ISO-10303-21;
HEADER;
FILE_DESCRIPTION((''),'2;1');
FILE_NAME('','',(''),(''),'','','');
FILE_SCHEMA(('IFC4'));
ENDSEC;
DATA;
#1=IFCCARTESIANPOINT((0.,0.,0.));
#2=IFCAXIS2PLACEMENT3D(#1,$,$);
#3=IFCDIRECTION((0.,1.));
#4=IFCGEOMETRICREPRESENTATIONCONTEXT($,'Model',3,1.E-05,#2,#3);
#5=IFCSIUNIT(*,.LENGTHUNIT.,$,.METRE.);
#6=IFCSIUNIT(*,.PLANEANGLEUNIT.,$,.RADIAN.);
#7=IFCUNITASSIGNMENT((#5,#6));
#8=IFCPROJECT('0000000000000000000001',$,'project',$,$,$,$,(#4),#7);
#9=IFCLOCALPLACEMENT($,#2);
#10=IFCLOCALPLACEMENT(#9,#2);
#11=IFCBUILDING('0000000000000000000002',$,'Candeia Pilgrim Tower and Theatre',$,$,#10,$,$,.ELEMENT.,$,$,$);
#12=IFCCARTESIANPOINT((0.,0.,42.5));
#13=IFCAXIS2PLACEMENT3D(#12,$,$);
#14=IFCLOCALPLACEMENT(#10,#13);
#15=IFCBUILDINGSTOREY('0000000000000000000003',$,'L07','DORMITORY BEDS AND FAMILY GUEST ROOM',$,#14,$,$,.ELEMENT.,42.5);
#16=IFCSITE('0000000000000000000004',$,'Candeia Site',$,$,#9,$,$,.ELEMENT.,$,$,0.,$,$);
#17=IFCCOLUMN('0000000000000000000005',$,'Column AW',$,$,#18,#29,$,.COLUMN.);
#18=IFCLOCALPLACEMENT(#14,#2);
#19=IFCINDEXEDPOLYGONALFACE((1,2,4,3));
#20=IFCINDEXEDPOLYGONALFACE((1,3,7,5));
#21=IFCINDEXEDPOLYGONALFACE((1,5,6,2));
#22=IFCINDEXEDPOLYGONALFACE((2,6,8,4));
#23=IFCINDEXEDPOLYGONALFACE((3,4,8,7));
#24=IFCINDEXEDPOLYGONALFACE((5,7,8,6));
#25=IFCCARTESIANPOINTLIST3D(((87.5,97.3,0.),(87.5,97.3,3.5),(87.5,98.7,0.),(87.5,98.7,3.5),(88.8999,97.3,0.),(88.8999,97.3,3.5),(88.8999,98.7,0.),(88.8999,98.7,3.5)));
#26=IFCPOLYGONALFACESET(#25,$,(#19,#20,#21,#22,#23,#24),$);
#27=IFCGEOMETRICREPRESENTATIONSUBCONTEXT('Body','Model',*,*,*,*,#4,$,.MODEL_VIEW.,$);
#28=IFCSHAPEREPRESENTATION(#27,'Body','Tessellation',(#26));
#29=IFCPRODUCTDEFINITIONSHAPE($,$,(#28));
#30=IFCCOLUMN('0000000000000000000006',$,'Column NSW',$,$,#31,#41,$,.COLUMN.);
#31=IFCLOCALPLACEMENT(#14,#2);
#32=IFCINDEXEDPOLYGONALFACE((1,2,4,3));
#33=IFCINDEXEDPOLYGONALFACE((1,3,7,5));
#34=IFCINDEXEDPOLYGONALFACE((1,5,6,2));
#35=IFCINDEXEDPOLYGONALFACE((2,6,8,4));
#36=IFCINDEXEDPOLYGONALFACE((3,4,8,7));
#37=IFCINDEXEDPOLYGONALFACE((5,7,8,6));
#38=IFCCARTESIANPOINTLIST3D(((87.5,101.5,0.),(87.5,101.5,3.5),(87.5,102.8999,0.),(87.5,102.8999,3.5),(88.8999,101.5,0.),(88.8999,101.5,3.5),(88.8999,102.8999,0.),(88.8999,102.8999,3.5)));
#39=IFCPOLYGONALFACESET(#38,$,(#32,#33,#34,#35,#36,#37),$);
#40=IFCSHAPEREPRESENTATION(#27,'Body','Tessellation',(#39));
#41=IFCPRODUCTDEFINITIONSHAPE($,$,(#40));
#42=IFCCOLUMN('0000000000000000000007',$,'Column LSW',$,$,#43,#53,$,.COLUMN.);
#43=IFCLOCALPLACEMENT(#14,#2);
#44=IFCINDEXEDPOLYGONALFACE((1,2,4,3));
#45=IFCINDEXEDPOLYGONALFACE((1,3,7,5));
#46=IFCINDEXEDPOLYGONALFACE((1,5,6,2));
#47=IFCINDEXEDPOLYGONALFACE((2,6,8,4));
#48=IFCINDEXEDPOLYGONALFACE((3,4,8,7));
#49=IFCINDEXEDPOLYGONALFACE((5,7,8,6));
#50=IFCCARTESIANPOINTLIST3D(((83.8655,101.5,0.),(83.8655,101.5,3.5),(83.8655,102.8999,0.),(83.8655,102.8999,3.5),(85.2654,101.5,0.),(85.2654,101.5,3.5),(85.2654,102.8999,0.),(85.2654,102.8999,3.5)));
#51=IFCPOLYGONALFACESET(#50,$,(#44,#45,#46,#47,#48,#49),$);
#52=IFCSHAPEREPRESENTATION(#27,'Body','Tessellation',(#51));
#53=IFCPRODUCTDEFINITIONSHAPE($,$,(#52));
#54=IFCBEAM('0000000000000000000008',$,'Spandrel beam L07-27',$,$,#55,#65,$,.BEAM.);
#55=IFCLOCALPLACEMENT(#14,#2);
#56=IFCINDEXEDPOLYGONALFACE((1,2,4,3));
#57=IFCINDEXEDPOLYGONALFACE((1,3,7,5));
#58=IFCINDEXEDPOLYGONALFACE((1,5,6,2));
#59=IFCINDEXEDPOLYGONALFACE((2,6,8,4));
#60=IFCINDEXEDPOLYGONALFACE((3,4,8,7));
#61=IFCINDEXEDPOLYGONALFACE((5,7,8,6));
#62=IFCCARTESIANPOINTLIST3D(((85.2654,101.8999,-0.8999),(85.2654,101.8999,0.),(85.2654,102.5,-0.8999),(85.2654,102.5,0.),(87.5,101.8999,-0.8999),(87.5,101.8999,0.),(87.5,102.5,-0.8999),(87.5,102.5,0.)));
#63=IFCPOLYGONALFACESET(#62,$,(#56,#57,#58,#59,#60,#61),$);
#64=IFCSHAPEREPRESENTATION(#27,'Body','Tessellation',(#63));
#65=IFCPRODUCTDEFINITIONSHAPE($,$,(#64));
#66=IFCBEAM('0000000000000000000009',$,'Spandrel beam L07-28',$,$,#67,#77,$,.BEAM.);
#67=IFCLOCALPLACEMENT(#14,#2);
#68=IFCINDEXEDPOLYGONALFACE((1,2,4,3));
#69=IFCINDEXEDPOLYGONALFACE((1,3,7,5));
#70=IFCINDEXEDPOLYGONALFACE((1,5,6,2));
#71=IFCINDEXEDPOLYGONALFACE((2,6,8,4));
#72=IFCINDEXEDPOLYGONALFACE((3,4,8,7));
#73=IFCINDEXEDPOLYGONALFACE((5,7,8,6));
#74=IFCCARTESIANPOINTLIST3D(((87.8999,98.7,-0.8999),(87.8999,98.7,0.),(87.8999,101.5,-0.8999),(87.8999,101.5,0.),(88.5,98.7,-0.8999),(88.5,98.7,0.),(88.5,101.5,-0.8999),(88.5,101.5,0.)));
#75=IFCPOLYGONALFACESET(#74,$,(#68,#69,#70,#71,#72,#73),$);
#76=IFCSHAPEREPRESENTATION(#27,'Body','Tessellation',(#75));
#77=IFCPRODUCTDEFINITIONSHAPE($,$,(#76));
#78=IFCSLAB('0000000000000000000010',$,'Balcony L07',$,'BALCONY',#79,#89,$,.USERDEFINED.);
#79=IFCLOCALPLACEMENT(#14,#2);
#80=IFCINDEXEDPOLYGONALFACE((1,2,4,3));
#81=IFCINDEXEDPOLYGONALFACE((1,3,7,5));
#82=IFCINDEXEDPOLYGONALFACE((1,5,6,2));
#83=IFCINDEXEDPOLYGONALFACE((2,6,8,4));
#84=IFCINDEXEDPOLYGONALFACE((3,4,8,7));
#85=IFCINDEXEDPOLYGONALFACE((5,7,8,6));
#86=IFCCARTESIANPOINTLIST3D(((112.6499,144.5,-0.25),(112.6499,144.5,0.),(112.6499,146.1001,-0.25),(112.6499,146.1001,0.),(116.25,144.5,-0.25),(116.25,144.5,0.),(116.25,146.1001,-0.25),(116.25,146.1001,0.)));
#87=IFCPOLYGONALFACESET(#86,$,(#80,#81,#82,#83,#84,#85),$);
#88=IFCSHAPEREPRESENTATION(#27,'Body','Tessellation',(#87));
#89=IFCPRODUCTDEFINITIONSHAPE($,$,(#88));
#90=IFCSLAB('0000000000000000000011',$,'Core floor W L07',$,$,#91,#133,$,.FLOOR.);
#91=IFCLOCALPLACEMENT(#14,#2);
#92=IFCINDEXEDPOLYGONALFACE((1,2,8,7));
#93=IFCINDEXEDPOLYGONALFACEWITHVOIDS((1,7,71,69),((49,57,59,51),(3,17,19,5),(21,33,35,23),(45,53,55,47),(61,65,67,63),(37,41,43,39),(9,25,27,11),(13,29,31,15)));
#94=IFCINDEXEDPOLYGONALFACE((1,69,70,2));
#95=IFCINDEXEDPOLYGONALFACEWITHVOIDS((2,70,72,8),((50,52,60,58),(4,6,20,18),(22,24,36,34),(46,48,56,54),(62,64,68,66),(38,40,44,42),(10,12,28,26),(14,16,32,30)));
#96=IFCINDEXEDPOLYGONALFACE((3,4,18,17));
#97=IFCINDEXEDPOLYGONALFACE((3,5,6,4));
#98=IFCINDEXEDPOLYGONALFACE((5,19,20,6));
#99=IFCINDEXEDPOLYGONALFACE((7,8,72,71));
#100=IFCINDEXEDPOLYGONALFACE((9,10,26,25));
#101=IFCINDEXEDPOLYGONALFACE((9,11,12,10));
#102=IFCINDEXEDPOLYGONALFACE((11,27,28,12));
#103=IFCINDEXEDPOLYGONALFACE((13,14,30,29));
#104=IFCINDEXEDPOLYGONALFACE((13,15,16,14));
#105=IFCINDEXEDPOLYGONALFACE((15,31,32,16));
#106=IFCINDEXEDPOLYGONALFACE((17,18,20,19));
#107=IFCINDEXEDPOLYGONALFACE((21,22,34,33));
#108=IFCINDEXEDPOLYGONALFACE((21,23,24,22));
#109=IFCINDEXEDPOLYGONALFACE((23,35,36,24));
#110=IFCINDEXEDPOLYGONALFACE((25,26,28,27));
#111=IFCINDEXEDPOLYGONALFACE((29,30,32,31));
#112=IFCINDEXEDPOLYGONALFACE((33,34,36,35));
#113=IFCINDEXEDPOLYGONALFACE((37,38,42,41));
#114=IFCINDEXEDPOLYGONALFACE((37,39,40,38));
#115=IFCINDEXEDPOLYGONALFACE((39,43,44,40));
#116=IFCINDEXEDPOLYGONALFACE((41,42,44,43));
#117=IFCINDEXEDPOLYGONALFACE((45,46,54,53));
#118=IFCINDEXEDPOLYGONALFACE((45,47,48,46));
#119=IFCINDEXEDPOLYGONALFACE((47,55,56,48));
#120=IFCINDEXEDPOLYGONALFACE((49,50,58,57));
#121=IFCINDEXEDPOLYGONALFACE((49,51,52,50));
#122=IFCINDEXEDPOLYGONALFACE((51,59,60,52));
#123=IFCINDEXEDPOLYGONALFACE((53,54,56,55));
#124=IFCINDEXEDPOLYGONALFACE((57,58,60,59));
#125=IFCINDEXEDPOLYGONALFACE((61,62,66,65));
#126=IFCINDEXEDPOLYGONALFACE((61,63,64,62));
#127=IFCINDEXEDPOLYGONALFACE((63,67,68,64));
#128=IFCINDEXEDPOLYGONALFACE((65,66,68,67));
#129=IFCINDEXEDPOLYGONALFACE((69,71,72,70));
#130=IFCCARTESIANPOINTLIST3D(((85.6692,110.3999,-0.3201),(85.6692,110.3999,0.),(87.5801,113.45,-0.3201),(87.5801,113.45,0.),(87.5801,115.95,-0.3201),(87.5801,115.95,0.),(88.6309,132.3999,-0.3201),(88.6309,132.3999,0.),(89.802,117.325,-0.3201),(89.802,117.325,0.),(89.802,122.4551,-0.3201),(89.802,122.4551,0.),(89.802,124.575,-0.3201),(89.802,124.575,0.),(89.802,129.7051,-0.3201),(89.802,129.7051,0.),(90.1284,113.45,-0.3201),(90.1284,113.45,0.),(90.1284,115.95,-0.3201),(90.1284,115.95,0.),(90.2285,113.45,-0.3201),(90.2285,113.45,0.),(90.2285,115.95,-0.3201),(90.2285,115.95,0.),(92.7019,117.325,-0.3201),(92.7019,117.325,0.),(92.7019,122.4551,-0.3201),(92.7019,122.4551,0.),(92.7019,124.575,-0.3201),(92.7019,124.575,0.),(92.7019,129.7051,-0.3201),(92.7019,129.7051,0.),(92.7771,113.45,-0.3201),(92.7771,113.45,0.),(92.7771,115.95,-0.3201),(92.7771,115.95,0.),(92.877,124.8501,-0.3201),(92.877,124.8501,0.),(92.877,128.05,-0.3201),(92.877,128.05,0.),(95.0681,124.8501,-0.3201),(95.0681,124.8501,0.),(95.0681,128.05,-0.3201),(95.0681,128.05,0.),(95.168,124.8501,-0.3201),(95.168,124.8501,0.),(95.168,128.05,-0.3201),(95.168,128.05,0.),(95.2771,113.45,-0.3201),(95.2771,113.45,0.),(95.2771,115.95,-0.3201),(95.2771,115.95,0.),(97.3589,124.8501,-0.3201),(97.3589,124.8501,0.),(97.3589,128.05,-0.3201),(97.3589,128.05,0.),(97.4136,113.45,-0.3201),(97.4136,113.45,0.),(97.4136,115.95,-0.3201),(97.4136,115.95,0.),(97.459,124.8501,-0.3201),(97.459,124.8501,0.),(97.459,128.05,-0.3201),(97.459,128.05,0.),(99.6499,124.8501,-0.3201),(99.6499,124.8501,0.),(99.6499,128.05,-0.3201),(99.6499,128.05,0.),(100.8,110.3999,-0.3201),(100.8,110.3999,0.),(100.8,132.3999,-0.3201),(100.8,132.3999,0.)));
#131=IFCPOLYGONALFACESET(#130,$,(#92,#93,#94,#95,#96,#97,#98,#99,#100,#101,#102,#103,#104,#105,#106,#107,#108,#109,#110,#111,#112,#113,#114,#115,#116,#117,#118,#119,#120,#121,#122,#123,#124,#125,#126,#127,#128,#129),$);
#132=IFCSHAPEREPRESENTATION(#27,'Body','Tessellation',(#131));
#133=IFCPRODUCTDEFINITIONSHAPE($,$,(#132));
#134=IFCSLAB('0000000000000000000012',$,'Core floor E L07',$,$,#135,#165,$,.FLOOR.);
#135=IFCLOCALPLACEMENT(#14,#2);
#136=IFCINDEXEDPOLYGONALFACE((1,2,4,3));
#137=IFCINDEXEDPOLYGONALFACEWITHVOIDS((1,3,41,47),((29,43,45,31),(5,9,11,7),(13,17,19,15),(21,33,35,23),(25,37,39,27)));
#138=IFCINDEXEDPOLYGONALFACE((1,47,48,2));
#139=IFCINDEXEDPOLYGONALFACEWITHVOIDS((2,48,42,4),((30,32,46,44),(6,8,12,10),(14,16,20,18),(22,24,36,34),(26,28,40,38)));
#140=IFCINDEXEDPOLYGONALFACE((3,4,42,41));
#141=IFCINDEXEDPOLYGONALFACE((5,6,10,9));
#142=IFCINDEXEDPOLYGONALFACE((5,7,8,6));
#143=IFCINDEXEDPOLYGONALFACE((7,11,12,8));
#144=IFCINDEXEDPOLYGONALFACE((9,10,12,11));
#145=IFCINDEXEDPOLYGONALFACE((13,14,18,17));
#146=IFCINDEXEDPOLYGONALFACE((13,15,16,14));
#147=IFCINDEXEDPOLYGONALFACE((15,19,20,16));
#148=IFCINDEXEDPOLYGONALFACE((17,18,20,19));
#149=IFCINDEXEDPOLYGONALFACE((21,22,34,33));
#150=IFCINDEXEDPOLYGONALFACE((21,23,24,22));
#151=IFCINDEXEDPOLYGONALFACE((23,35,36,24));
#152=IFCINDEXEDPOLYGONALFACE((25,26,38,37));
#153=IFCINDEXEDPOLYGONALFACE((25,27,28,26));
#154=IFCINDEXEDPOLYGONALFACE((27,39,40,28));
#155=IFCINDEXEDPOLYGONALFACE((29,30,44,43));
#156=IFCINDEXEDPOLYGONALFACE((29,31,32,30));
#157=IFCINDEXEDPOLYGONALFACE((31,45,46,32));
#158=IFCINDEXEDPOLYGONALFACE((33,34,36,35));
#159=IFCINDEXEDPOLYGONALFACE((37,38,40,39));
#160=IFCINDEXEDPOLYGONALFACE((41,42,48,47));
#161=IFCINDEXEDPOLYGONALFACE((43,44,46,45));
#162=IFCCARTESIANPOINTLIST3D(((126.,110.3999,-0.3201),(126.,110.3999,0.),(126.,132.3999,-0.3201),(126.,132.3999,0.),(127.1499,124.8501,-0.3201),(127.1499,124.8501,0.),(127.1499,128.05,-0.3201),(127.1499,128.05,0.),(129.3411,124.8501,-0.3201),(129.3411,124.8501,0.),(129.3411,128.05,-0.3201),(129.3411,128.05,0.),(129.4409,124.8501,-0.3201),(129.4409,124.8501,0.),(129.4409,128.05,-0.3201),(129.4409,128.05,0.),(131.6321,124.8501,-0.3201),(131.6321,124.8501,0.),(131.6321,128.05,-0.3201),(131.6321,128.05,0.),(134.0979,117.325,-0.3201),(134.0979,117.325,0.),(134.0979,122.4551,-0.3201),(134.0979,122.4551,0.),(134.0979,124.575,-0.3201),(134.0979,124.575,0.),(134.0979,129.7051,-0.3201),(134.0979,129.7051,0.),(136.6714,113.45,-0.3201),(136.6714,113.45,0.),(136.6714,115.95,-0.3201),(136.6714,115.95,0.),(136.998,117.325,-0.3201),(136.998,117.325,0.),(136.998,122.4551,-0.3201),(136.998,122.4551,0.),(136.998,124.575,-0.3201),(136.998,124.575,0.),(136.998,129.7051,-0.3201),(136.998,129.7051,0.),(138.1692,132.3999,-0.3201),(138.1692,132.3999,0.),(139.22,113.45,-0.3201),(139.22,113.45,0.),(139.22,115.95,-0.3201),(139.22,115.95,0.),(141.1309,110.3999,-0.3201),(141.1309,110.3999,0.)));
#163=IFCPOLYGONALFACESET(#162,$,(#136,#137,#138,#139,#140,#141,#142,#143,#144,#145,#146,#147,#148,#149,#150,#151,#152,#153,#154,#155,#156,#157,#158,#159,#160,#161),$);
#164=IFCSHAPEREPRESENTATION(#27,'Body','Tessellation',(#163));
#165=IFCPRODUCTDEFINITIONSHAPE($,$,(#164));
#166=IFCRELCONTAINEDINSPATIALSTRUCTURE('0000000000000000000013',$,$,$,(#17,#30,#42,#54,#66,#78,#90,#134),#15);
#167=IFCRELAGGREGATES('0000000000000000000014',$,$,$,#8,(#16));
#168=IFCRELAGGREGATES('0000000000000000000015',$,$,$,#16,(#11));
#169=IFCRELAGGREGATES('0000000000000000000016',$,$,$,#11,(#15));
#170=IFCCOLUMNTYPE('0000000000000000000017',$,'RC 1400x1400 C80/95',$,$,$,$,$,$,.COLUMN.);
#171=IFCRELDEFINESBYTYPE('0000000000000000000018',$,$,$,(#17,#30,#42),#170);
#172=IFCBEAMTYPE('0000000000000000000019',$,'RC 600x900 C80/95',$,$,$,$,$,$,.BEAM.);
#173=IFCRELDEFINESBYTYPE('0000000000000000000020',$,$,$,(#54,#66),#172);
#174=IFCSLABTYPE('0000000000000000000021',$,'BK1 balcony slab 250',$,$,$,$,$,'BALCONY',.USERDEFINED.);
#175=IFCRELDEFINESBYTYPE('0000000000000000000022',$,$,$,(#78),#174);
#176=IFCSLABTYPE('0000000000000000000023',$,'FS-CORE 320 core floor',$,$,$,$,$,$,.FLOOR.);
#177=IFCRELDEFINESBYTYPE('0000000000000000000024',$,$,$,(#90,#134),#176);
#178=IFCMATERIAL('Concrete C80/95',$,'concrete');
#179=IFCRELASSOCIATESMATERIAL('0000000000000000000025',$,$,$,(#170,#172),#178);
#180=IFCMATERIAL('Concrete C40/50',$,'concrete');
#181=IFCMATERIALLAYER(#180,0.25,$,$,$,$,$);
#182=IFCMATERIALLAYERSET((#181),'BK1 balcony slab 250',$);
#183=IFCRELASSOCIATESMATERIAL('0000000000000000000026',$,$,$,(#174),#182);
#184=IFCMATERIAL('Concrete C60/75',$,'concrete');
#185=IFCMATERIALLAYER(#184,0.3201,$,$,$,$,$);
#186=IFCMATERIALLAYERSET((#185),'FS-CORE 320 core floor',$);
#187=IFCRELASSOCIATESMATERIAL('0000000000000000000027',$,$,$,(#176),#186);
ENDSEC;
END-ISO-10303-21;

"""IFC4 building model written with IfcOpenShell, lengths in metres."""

from ifc_helpers import new_model, si_unit, direction, frame, origin, origin_2d, place, context, subcontext, project, spatial, polyline, rectangle, outline, extrude, material, layer, layer_set, material_profile, profile_set, type_object, element, save


model = new_model("IFC4")

# Units and contexts
model_context = context("Model", 3, precision=1e-05, world=origin(), true_north=direction((0.0, 1.0)))
body_context = subcontext(model_context, "Body", "Model", "MODEL_VIEW")
ifc_project = project(units=[si_unit("LENGTHUNIT", "METRE"), si_unit("PLANEANGLEUNIT", "RADIAN")], contexts=[model_context])

# Site, building, storey
site_placement = place(None, origin())
site = spatial("IfcSite", under=ifc_project, at=site_placement, Name="Candeia Site", CompositionType="ELEMENT", RefElevation=0.0)
building_placement = place(site_placement, origin())
building = spatial("IfcBuilding", under=site, at=building_placement, Name="Candeia Pilgrim Tower and Theatre", CompositionType="ELEMENT")
storey_placement = place(building_placement, frame((0.0, 0.0, 42.5)))
storey = spatial("IfcBuildingStorey", under=building, at=storey_placement, Name="L07", Description="DORMITORY BEDS AND FAMILY GUEST ROOM", CompositionType="ELEMENT", Elevation=42.5)

# Columns
ifc_material_1 = material(Name="Concrete C80/95", Category="concrete")
ifc_material_profile_1 = material_profile(ifc_material_1, rectangle(XDim=1.3999, YDim=1.3999, at=origin_2d()))
ifc_profile_set_1 = profile_set([ifc_material_profile_1], Name="Concrete C80/95")
column_type = type_object("IfcColumnType", Name="RC 1400x1400 C80/95", PredefinedType="COLUMN", material=ifc_profile_set_1)
for number, where, z_axis, x_axis, name in (
    (1, (88.2, 98.0, 0.0), (0.0, 0.0, 1.0), (1.0, 0.0, 0.0), "Column AW"),
    (2, (88.2, 102.2, 0.0), (0.0, 0.0, 1.0), (1.0, 0.0, 0.0), "Column NSW"),
    (3, (84.5654, 102.2, 0.0), (0.0, 0.0, 1.0), (1.0, 0.0, 0.0), "Column LSW"),
):
    element("IfcColumn", number, at=place(storey_placement, frame(where, z_axis=z_axis, x_axis=x_axis)), inside=storey, type_object=column_type, Name=name, PredefinedType="COLUMN", context=body_context, shape_type="SweptSolid", body=[
        extrude(rectangle(XDim=1.3999, YDim=1.3999, at=origin_2d()), origin(), (0.0, 0.0, 1.0), 3.5),
    ])

# Beams
ifc_material_profile_2 = material_profile(ifc_material_1, rectangle(XDim=0.6001, YDim=0.8999, at=origin_2d()))
ifc_profile_set_2 = profile_set([ifc_material_profile_2], Name="Concrete C80/95")
beam_type = type_object("IfcBeamType", Name="RC 600x900 C80/95", PredefinedType="BEAM", material=ifc_profile_set_2)
beam_1_placement = place(storey_placement, frame((85.2654, 102.2, -0.45), z_axis=(1.0, 0.0, 0.0), x_axis=(0.0, 1.0, 0.0)))
element("IfcBeam", 4, at=beam_1_placement, inside=storey, type_object=beam_type, Name="Spandrel beam L07-27", PredefinedType="BEAM", context=body_context, shape_type="SweptSolid", body=[
    extrude(rectangle(XDim=0.6001, YDim=0.8999, at=origin_2d()), origin(), (0.0, 0.0, 1.0), 2.2346),
])
beam_2_placement = place(storey_placement, frame((88.2, 101.5, -0.45), z_axis=(0.0, -1.0, 0.0), x_axis=(1.0, 0.0, 0.0)))
element("IfcBeam", 5, at=beam_2_placement, inside=storey, type_object=beam_type, Name="Spandrel beam L07-28", PredefinedType="BEAM", context=body_context, shape_type="SweptSolid", body=[
    extrude(rectangle(XDim=0.6001, YDim=0.8999, at=origin_2d()), origin(), (0.0, 0.0, 1.0), 2.8),
])

# Slabs
ifc_material_2 = material(Name="Concrete C40/50", Category="concrete")
ifc_layer_1 = layer(ifc_material_2, 0.25)
ifc_layer_set_1 = layer_set([ifc_layer_1], Name="BK1 balcony slab 250")
slab_type_1 = type_object("IfcSlabType", Name="BK1 balcony slab 250", ElementType="BALCONY", PredefinedType="USERDEFINED", material=ifc_layer_set_1)
slab_1_placement = place(storey_placement, frame((0.0, 0.0, -0.25)))
element("IfcSlab", 6, at=slab_1_placement, inside=storey, type_object=slab_type_1, Name="Balcony L07", ObjectType="BALCONY", PredefinedType="USERDEFINED", context=body_context, shape_type="SweptSolid", body=[
    extrude(outline(polyline([(112.6499, 144.5), (116.25, 144.5), (116.25, 146.1001), (112.6499, 146.1001), (112.6499, 144.5)])), origin(), (0.0, 0.0, 1.0), 0.25),
])
ifc_material_3 = material(Name="Concrete C60/75", Category="concrete")
ifc_layer_2 = layer(ifc_material_3, 0.3201)
ifc_layer_set_2 = layer_set([ifc_layer_2], Name="FS-CORE 320 core floor")
slab_type_2 = type_object("IfcSlabType", Name="FS-CORE 320 core floor", PredefinedType="FLOOR", material=ifc_layer_set_2)
slab_2_placement = place(storey_placement, frame((0.0, 0.0, -0.3201)))
element("IfcSlab", 7, at=slab_2_placement, inside=storey, type_object=slab_type_2, Name="Core floor W L07", PredefinedType="FLOOR", context=body_context, shape_type="SweptSolid", body=[
    extrude(outline(polyline([(100.8, 132.3999), (100.8, 110.3999), (85.6692, 110.3999), (88.6309, 132.3999), (100.8, 132.3999)]), holes=[polyline([(97.459, 128.05), (97.459, 124.8501), (99.6499, 124.8501), (99.6499, 128.05), (97.459, 128.05)]), polyline([(95.2771, 115.95), (95.2771, 113.45), (97.4136, 113.45), (97.4136, 115.95), (95.2771, 115.95)]), polyline([(95.168, 128.05), (95.168, 124.8501), (97.3589, 124.8501), (97.3589, 128.05), (95.168, 128.05)]), polyline([(92.877, 128.05), (92.877, 124.8501), (95.0681, 124.8501), (95.0681, 128.05), (92.877, 128.05)]), polyline([(90.2285, 115.95), (90.2285, 113.45), (92.7771, 113.45), (92.7771, 115.95), (90.2285, 115.95)]), polyline([(89.802, 122.4551), (89.802, 117.325), (92.7019, 117.325), (92.7019, 122.4551), (89.802, 122.4551)]), polyline([(89.802, 129.7051), (89.802, 124.575), (92.7019, 124.575), (92.7019, 129.7051), (89.802, 129.7051)]), polyline([(87.5801, 115.95), (87.5801, 113.45), (90.1284, 113.45), (90.1284, 115.95), (87.5801, 115.95)])]), origin(), (0.0, 0.0, 1.0), 0.3201),
])
slab_3_placement = place(storey_placement, frame((0.0, 0.0, -0.3201)))
element("IfcSlab", 8, at=slab_3_placement, inside=storey, type_object=slab_type_2, Name="Core floor E L07", PredefinedType="FLOOR", context=body_context, shape_type="SweptSolid", body=[
    extrude(outline(polyline([(138.1692, 132.3999), (141.1309, 110.3999), (126.0, 110.3999), (126.0, 132.3999), (138.1692, 132.3999)]), holes=[polyline([(136.6714, 115.95), (136.6714, 113.45), (139.22, 113.45), (139.22, 115.95), (136.6714, 115.95)]), polyline([(134.0979, 117.325), (136.998, 117.325), (136.998, 122.4551), (134.0979, 122.4551), (134.0979, 117.325)]), polyline([(134.0979, 129.7051), (134.0979, 124.575), (136.998, 124.575), (136.998, 129.7051), (134.0979, 129.7051)]), polyline([(131.6321, 128.05), (129.4409, 128.05), (129.4409, 124.8501), (131.6321, 124.8501), (131.6321, 128.05)]), polyline([(127.1499, 128.05), (127.1499, 124.8501), (129.3411, 124.8501), (129.3411, 128.05), (127.1499, 128.05)])]), origin(), (0.0, 0.0, 1.0), 0.3201),
])

save(model, "model.ifc")
